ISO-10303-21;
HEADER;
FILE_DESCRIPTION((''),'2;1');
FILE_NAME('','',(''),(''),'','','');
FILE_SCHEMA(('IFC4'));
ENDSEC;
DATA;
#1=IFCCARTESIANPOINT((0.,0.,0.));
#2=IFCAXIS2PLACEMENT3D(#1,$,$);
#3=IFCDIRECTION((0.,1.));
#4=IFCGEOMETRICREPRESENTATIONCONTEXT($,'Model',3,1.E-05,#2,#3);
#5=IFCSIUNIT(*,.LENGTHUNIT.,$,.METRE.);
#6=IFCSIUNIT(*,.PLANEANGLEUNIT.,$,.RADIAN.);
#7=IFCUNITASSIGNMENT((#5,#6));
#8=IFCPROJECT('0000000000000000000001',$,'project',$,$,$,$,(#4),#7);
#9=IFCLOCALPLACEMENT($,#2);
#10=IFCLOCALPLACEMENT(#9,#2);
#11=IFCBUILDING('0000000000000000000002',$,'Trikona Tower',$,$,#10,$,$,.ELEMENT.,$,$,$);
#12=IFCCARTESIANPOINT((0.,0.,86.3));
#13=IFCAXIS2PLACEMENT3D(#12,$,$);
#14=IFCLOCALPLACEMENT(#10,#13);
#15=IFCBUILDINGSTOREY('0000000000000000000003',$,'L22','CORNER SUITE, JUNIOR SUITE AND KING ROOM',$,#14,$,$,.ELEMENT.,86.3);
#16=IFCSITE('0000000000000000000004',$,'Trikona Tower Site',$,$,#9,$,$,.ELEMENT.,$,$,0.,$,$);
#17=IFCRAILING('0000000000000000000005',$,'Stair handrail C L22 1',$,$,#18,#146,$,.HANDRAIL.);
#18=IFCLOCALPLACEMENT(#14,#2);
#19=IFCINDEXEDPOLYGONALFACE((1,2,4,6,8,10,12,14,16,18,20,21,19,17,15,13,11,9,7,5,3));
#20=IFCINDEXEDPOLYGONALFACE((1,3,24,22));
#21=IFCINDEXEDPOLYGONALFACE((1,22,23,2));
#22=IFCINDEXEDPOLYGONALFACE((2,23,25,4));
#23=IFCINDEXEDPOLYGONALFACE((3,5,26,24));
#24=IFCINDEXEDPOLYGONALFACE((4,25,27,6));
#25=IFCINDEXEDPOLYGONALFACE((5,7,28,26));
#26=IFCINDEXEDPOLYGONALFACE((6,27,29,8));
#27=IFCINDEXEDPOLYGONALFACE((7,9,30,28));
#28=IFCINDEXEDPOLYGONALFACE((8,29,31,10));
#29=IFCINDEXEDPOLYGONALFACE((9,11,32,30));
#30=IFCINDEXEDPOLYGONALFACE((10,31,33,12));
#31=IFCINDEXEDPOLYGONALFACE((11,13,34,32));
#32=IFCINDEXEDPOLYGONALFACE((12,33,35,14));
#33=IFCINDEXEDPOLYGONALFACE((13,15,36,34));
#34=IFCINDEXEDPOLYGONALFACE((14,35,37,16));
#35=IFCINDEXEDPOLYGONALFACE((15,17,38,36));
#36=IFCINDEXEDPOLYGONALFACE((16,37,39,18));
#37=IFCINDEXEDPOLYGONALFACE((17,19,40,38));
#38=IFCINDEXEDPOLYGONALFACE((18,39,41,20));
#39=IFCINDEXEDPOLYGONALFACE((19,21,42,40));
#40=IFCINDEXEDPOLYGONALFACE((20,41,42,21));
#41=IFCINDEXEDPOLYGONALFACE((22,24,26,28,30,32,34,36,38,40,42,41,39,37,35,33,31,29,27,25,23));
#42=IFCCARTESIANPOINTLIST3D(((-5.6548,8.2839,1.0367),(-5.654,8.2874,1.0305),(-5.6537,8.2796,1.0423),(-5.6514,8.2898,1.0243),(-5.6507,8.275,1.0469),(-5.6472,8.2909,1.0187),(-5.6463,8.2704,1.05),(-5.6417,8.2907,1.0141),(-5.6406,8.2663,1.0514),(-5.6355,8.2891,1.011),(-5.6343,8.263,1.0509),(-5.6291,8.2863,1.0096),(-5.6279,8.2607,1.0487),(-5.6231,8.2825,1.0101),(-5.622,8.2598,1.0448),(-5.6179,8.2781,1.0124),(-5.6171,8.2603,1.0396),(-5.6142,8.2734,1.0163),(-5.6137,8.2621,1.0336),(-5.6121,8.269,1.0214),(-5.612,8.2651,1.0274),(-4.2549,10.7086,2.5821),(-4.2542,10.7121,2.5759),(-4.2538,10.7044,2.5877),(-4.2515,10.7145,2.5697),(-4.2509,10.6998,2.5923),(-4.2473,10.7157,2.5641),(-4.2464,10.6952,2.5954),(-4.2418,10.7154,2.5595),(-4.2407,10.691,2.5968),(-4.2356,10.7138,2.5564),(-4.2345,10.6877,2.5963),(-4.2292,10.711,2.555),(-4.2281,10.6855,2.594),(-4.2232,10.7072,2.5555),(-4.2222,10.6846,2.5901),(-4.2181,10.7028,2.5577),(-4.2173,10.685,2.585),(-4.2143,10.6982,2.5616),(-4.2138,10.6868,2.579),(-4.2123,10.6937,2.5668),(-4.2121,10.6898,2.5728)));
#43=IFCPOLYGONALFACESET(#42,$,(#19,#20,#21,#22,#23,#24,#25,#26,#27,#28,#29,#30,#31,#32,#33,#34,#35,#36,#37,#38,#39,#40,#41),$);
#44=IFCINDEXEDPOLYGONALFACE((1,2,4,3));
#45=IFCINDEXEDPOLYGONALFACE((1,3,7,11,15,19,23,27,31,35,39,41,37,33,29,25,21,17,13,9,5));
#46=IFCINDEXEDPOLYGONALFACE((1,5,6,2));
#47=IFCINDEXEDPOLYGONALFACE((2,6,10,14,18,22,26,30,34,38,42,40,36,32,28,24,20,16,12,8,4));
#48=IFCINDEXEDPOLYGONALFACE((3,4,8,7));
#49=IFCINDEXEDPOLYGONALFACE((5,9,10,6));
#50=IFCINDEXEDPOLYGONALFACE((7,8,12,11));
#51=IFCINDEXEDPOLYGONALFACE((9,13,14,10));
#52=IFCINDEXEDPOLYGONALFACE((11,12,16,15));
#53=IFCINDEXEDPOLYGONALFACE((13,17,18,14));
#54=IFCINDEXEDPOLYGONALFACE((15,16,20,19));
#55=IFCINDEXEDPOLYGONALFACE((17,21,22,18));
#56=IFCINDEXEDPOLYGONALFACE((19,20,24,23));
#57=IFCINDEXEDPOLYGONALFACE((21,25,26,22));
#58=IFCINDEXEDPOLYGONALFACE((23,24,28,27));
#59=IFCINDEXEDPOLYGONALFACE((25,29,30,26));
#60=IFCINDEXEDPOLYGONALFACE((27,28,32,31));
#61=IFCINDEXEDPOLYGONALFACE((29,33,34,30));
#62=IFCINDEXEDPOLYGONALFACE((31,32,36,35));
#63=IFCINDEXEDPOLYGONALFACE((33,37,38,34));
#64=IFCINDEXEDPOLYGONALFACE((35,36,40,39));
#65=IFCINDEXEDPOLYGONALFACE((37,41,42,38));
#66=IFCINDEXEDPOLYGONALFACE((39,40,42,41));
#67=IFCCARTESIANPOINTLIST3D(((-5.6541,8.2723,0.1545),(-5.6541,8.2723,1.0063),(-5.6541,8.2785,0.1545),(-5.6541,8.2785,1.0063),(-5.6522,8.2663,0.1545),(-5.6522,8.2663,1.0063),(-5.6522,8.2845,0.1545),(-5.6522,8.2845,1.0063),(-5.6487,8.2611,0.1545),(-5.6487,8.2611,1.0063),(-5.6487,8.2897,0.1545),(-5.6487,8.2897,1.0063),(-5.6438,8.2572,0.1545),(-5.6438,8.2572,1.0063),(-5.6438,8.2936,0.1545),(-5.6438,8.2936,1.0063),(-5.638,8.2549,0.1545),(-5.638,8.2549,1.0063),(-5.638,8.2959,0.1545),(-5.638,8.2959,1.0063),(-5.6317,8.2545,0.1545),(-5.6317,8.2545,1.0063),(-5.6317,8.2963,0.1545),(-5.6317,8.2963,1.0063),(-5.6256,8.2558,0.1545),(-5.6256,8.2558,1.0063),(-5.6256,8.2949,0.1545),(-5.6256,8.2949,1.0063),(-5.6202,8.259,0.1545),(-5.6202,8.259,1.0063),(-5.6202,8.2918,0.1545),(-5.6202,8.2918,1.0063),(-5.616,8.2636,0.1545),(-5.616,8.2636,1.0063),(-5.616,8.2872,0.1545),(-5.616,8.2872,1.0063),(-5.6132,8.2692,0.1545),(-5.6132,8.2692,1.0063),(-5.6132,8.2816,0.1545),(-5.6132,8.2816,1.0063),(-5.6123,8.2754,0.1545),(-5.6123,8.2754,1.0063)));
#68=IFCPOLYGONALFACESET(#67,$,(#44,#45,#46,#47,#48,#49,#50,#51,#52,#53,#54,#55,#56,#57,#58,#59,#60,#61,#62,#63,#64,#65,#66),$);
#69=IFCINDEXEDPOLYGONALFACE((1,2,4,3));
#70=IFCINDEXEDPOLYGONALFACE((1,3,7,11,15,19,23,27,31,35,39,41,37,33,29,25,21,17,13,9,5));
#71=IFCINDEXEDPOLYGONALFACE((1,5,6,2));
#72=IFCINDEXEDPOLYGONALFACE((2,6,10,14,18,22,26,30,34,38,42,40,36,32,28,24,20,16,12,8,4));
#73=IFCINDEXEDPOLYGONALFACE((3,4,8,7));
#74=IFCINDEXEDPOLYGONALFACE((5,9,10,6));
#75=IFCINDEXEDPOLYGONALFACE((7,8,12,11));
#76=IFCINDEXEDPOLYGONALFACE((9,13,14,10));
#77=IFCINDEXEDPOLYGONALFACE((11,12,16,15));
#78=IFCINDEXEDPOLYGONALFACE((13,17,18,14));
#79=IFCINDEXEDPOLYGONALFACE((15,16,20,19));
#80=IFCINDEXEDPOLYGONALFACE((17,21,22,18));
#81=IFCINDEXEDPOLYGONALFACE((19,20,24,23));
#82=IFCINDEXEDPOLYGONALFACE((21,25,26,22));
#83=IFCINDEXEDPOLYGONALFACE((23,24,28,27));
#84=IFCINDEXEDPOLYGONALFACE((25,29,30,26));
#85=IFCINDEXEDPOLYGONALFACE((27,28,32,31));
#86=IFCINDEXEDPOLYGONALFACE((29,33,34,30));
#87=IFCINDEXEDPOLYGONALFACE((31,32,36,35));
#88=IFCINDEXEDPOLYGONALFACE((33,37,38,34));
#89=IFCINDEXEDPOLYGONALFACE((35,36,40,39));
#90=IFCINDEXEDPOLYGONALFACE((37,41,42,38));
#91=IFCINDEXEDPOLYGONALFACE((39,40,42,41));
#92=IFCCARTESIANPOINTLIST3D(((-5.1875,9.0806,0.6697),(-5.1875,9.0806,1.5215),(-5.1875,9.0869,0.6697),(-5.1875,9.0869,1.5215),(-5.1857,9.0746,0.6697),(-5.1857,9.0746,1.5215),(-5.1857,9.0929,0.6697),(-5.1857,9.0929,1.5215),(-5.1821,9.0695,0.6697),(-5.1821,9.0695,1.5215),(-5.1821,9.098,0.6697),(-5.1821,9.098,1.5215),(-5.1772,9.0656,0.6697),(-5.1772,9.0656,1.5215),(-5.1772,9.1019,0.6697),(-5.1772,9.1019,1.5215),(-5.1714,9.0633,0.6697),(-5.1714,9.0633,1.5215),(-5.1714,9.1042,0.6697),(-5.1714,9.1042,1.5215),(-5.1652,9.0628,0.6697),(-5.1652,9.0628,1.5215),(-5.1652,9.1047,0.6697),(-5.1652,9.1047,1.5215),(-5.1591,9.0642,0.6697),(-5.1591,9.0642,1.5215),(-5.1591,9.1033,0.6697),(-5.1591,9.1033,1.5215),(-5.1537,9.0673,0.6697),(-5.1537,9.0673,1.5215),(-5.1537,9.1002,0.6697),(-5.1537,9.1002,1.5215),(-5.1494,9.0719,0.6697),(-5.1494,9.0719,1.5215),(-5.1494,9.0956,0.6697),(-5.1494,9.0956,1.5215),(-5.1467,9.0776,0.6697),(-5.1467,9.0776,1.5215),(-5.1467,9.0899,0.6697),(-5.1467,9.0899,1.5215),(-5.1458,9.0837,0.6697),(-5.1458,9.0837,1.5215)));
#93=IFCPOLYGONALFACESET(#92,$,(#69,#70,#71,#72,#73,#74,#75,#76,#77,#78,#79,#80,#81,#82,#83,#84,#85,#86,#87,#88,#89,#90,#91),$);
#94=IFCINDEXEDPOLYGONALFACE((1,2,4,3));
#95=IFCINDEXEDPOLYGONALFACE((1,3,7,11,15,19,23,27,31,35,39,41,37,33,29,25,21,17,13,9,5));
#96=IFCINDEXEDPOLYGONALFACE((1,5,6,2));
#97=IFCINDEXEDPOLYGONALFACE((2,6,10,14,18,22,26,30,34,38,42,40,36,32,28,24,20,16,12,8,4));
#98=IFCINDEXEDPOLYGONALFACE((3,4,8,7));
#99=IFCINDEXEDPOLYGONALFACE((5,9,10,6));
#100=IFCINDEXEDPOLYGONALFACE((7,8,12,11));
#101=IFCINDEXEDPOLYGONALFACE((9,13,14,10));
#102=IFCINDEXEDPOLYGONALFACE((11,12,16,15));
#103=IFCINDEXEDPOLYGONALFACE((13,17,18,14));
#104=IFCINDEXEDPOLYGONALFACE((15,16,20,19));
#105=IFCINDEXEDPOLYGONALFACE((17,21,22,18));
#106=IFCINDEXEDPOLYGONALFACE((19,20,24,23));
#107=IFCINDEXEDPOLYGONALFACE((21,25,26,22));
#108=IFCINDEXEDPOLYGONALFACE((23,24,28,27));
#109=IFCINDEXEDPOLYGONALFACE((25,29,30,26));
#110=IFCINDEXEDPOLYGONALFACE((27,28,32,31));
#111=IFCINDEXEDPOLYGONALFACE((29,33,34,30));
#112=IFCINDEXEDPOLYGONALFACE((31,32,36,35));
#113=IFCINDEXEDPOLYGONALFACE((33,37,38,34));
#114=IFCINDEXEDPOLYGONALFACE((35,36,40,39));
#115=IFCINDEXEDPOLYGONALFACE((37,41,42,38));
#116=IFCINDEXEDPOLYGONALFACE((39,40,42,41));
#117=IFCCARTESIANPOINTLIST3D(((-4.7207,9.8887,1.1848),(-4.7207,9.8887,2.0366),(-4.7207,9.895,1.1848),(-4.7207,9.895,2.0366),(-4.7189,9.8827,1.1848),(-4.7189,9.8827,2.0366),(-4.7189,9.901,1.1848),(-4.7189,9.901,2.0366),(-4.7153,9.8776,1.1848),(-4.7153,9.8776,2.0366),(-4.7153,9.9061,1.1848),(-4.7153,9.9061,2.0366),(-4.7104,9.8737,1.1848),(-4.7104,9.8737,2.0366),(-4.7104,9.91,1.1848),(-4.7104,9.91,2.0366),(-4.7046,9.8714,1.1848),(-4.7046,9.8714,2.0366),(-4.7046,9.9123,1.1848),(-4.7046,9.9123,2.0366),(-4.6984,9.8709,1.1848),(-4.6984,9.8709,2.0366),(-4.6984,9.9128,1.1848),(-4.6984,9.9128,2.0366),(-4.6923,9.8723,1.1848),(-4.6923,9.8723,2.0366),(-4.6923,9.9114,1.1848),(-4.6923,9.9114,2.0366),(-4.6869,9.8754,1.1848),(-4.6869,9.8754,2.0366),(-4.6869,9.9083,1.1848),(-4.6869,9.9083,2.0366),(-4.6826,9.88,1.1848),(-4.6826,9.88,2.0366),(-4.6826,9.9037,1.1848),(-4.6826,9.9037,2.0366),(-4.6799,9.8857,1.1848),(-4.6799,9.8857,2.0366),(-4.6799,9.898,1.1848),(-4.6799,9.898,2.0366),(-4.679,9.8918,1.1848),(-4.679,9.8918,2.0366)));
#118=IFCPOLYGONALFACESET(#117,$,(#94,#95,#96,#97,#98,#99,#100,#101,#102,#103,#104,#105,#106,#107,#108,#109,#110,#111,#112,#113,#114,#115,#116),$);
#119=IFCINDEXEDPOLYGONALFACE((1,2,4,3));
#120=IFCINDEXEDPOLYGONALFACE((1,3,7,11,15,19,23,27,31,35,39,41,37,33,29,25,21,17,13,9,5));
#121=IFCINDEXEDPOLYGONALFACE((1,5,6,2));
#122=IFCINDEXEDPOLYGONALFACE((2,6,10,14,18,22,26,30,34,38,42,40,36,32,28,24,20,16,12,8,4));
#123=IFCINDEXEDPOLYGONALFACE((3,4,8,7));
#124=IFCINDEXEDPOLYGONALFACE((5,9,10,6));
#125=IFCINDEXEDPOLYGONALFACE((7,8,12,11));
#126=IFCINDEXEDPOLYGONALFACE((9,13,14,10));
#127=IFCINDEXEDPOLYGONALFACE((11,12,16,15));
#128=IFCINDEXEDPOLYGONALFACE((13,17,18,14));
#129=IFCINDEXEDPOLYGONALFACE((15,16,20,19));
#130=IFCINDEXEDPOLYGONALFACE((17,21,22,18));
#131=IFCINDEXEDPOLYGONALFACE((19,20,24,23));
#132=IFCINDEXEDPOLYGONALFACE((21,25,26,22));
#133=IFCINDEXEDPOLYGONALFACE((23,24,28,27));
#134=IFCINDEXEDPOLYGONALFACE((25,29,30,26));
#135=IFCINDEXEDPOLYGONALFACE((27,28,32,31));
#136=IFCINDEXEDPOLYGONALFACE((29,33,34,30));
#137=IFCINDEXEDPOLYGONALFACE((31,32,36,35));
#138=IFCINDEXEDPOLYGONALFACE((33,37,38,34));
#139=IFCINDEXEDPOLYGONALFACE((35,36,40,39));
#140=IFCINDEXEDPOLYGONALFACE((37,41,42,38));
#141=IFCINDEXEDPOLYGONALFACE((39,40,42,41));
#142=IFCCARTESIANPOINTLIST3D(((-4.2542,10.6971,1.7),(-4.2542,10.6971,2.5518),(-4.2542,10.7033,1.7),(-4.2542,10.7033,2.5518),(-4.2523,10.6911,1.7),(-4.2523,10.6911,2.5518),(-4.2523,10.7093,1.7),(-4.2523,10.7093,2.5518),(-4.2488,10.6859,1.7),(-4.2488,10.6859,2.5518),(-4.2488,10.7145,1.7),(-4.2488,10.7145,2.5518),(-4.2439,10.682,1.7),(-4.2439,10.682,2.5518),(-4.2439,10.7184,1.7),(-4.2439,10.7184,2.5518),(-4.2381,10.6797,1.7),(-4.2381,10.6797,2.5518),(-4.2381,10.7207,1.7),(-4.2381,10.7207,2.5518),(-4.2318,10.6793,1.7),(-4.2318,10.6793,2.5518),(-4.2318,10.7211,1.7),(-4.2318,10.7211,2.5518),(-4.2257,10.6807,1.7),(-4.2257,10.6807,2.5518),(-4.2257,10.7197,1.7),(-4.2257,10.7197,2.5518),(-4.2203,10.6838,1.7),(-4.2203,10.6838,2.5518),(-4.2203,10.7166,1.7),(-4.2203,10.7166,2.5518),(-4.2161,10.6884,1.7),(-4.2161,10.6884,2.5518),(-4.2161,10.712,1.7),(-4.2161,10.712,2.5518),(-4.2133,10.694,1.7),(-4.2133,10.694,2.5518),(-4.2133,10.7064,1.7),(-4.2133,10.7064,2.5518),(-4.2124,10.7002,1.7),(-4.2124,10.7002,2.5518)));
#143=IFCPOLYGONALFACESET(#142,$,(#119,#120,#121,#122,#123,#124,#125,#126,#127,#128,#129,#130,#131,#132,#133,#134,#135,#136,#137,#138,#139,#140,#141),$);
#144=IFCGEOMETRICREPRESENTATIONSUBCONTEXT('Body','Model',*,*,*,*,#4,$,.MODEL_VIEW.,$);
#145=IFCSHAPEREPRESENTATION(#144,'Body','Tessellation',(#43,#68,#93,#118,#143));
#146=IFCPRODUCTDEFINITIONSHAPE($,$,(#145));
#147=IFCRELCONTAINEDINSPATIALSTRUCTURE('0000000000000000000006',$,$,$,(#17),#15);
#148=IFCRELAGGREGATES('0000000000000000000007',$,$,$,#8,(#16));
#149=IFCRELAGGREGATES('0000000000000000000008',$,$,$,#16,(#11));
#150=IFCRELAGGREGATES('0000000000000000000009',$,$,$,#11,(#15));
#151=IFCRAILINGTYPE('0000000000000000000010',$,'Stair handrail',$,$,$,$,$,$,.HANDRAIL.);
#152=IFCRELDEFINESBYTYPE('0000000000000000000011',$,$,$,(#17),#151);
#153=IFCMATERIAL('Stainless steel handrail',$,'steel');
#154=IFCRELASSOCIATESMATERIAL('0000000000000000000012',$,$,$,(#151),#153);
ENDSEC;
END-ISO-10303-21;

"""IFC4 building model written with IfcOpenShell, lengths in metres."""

from ifc_helpers import new_model, si_unit, direction, frame, origin, origin_2d, place, context, subcontext, project, spatial, circle, extrude, material, type_object, element, save


model = new_model("IFC4")

# Units and contexts
model_context = context("Model", 3, precision=1e-05, world=origin(), true_north=direction((0.0, 1.0)))
body_context = subcontext(model_context, "Body", "Model", "MODEL_VIEW")
ifc_project = project(units=[si_unit("LENGTHUNIT", "METRE"), si_unit("PLANEANGLEUNIT", "RADIAN")], contexts=[model_context])

# Site, building, storey
site_placement = place(None, origin())
site = spatial("IfcSite", under=ifc_project, at=site_placement, Name="Trikona Tower Site", CompositionType="ELEMENT", RefElevation=0.0)
building_placement = place(site_placement, origin())
building = spatial("IfcBuilding", under=site, at=building_placement, Name="Trikona Tower", CompositionType="ELEMENT")
storey_placement = place(building_placement, frame((0.0, 0.0, 86.3)))
storey = spatial("IfcBuildingStorey", under=building, at=storey_placement, Name="L22", Description="CORNER SUITE, JUNIOR SUITE AND KING ROOM", CompositionType="ELEMENT", Elevation=86.3)

# Railing
ifc_material_1 = material(Name="Stainless steel handrail", Category="steel")
railing_type = type_object("IfcRailingType", Name="Stair handrail", PredefinedType="HANDRAIL", material=ifc_material_1)
railing_1_placement = place(storey_placement, frame((-5.6333, 8.2754, 0.1545)))
element("IfcRailing", 1, at=railing_1_placement, inside=storey, type_object=railing_type, Name="Stair handrail C L22 1", PredefinedType="HANDRAIL", context=body_context, shape_type="SweptSolid", body=[
    extrude(circle(Radius=0.0239, at=origin_2d()), frame((0.0, 0.0, 0.876), z_axis=(0.437733, 0.758207, 0.483231), x_axis=(-0.866035, 0.499984, 0.0)), (0.0, 0.0, 1.0), 3.198),
    extrude(circle(Radius=0.021, at=origin_2d()), origin(), (0.0, 0.0, 1.0), 0.8518),
    extrude(circle(Radius=0.021, at=origin_2d()), frame((0.4666, 0.8083, 0.5151)), (0.0, 0.0, 1.0), 0.8518),
    extrude(circle(Radius=0.021, at=origin_2d()), frame((0.9333, 1.6165, 1.0303)), (0.0, 0.0, 1.0), 0.8518),
    extrude(circle(Radius=0.021, at=origin_2d()), frame((1.3999, 2.4248, 1.5454)), (0.0, 0.0, 1.0), 0.8518),
])

save(model, "model.ifc")
